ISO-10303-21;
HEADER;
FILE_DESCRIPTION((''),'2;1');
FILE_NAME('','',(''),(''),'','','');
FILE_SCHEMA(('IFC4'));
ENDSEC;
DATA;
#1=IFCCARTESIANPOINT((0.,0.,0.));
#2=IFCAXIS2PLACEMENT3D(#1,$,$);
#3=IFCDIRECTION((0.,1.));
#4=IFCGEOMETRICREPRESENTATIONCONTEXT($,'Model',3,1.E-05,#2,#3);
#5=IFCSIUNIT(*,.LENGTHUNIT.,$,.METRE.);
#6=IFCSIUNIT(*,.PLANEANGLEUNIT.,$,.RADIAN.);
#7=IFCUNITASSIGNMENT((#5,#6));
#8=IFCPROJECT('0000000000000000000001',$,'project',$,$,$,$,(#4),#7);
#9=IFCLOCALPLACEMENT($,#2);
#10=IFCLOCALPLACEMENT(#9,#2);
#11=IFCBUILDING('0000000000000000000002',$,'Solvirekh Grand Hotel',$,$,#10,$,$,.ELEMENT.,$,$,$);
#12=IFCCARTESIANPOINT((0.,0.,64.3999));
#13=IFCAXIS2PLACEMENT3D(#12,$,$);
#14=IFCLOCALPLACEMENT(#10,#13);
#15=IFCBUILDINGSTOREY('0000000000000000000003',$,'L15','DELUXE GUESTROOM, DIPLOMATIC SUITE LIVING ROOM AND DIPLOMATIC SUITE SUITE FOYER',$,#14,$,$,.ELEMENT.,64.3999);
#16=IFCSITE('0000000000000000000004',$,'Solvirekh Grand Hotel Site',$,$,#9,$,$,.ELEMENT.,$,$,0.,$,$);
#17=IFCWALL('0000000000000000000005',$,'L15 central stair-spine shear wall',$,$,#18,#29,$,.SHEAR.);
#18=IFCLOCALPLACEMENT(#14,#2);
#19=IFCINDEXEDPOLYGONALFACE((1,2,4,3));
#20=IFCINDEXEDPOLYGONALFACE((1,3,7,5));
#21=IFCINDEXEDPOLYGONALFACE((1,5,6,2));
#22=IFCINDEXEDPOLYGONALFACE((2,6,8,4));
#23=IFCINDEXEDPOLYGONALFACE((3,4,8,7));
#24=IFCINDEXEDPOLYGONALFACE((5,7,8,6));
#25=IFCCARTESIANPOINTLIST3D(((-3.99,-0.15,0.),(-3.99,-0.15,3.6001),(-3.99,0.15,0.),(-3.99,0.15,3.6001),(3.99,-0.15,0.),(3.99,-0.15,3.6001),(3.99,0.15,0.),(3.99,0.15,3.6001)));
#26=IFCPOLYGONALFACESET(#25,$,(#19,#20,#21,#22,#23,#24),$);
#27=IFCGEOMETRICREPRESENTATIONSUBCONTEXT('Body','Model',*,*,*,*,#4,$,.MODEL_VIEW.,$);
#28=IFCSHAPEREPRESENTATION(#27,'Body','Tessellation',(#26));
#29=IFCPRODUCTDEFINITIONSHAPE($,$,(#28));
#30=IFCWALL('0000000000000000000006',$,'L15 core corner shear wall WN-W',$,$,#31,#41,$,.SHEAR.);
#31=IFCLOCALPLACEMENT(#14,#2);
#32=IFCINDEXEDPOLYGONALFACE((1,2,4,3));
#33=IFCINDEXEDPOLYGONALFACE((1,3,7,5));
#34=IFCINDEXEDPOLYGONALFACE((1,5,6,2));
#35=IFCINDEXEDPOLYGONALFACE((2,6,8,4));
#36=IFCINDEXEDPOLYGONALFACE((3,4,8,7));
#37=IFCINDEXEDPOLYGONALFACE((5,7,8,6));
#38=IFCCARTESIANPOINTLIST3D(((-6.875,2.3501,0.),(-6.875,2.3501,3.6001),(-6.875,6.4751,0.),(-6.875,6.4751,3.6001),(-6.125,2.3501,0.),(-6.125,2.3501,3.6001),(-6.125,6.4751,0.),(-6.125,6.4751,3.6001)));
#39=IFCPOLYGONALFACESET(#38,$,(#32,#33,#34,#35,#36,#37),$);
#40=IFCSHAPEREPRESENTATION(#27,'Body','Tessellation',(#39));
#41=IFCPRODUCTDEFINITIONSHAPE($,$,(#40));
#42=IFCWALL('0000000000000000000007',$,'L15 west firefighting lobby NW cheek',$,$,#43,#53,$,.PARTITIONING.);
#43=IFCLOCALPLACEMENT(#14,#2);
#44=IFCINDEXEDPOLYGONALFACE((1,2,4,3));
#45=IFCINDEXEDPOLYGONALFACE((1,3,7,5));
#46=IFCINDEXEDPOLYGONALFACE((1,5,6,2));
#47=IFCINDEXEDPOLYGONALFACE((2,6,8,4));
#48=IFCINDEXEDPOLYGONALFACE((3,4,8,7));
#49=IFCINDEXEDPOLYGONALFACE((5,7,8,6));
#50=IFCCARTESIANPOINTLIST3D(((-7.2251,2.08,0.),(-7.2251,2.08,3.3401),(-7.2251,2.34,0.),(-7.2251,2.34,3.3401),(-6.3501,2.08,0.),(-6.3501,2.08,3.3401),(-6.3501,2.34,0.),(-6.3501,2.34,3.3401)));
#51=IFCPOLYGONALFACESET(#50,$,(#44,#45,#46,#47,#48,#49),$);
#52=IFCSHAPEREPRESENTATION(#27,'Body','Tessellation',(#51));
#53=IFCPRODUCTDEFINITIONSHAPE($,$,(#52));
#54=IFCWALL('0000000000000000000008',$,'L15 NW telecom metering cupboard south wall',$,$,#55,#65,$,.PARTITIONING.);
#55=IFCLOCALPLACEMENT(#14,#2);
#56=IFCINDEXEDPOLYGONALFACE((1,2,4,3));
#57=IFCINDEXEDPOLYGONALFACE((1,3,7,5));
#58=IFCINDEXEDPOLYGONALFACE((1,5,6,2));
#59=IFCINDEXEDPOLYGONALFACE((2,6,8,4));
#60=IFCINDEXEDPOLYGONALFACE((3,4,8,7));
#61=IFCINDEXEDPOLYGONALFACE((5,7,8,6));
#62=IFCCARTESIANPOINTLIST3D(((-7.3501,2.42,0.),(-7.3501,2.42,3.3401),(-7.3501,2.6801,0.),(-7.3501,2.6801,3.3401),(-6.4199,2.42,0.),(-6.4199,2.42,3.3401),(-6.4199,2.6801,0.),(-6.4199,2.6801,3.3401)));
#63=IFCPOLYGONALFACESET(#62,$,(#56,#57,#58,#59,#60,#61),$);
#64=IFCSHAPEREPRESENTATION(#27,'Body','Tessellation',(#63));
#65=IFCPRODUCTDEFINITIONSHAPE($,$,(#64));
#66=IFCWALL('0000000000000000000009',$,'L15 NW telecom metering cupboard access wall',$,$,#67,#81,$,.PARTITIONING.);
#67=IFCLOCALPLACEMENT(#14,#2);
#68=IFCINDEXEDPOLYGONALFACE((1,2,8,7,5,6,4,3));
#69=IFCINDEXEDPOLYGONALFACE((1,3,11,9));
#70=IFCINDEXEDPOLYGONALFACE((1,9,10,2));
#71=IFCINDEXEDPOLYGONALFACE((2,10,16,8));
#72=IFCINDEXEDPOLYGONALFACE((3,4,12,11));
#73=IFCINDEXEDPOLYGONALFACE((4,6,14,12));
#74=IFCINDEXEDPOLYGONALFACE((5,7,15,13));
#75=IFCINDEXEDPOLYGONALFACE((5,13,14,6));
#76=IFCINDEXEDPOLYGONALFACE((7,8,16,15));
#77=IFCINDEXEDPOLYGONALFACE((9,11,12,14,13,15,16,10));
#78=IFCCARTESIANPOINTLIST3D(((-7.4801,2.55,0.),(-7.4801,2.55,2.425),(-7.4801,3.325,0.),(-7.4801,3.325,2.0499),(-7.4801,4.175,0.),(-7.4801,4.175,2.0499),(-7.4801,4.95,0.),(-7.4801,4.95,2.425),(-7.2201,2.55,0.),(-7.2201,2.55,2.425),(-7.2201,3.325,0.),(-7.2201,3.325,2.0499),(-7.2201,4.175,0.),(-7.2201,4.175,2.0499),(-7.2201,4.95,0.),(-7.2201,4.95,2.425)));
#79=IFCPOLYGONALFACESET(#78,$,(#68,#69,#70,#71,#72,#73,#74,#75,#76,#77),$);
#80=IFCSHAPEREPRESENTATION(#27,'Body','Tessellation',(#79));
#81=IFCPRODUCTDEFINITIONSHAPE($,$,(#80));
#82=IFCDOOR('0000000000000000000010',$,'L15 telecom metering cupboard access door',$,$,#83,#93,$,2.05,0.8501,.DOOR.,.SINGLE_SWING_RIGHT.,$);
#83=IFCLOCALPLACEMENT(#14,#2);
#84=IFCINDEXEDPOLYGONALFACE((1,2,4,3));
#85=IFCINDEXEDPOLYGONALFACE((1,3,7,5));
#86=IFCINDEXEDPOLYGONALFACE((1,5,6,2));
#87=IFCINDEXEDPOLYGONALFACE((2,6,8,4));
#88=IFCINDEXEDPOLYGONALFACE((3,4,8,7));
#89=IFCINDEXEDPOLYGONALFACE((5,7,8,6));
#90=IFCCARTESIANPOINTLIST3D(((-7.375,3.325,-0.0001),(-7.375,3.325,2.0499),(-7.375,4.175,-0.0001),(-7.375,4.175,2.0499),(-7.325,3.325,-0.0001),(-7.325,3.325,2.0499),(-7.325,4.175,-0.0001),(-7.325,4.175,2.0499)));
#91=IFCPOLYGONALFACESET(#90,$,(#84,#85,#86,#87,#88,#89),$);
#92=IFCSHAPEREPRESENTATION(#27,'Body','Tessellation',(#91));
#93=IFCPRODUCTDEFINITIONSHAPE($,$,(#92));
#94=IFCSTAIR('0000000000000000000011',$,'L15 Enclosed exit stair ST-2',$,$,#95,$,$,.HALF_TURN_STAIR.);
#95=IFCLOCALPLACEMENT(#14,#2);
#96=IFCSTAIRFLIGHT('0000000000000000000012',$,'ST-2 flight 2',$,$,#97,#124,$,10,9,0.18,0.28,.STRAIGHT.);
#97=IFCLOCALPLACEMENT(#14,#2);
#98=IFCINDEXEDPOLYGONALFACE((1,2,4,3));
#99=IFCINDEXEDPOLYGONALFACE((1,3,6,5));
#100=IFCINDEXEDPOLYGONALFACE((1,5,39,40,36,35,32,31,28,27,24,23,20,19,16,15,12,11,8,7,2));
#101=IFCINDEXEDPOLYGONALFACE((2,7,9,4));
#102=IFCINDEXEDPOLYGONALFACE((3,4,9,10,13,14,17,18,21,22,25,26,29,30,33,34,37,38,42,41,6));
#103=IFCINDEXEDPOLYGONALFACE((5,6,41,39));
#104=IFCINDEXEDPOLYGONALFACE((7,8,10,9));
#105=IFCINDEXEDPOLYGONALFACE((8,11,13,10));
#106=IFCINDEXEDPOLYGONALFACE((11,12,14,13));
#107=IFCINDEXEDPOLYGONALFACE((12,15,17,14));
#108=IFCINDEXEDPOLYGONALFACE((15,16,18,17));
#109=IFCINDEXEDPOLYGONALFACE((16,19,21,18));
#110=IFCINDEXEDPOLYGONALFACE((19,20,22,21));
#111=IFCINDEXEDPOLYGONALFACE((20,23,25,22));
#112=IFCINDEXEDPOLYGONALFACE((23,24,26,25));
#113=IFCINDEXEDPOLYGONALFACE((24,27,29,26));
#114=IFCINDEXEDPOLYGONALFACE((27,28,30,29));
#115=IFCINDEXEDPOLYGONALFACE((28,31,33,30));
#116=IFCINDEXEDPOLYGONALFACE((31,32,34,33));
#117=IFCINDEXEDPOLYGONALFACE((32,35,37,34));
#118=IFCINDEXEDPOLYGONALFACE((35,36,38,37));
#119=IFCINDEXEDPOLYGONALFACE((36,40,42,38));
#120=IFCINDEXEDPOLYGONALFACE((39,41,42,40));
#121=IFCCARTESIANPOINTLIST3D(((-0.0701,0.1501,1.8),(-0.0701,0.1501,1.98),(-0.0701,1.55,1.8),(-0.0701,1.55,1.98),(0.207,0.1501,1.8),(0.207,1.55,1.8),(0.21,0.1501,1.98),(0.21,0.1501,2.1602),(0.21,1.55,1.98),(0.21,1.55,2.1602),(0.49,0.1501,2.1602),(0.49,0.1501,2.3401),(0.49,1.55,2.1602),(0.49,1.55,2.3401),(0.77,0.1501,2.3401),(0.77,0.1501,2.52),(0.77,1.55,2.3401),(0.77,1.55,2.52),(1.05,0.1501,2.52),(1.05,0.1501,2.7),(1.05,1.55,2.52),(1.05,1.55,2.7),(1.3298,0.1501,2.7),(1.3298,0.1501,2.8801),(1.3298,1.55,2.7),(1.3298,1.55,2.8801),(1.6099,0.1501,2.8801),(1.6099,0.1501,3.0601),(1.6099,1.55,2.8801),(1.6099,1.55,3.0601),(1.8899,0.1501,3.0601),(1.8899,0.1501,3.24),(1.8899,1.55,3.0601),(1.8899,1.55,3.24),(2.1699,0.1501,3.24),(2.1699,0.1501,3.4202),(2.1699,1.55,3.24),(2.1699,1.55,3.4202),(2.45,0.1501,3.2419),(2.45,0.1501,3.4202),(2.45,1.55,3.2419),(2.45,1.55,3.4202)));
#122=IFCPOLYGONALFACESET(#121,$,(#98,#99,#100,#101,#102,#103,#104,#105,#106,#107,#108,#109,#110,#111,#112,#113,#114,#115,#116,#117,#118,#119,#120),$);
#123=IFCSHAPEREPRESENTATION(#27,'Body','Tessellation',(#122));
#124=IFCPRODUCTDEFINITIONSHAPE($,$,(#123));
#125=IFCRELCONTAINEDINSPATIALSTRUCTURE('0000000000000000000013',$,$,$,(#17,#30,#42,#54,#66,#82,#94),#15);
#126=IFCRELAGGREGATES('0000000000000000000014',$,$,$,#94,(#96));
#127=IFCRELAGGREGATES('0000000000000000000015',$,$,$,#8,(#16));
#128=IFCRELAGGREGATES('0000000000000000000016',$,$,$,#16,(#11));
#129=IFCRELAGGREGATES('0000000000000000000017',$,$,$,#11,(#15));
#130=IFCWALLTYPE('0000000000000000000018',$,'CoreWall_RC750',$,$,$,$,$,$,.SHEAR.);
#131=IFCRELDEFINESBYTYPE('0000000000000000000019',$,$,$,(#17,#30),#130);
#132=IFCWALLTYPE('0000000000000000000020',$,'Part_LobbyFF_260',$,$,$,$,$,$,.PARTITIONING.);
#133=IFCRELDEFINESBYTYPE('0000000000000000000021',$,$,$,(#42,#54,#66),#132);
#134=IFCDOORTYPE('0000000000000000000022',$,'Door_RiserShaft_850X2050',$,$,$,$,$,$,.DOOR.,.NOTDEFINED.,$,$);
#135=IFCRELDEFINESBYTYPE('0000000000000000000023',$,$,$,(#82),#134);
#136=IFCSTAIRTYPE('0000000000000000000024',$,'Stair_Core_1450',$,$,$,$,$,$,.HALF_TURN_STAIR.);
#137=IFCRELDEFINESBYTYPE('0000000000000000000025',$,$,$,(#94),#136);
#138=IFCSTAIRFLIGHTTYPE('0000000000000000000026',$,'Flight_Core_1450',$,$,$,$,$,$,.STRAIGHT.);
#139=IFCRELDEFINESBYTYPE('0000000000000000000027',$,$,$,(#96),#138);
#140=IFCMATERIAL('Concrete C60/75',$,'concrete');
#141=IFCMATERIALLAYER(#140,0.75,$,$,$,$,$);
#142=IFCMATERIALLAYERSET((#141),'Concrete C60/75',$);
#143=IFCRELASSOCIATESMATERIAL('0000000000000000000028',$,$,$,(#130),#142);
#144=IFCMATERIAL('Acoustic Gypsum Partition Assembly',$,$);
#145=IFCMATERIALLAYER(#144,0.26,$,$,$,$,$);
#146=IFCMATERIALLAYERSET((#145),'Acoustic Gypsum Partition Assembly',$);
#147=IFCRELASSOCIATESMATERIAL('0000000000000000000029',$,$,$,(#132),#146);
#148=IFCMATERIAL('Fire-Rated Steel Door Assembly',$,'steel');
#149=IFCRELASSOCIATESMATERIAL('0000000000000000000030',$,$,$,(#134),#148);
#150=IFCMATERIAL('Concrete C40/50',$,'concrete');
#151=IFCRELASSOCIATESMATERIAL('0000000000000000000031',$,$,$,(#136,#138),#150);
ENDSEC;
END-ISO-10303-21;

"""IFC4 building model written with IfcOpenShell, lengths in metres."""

from ifc_helpers import new_model, si_unit, direction, frame, frame_2d, origin, place, context, subcontext, project, spatial, polyline, rectangle, outline, extrude, material, layer, layer_set, type_object, element, fill, aggregate, save


model = new_model("IFC4")

# Units and contexts
model_context = context("Model", 3, precision=1e-05, world=origin(), true_north=direction((0.0, 1.0)))
body_context = subcontext(model_context, "Body", "Model", "MODEL_VIEW")
ifc_project = project(units=[si_unit("LENGTHUNIT", "METRE"), si_unit("PLANEANGLEUNIT", "RADIAN")], contexts=[model_context])

# Site, building, storey
site_placement = place(None, origin())
site = spatial("IfcSite", under=ifc_project, at=site_placement, Name="Solvirekh Grand Hotel Site", CompositionType="ELEMENT", RefElevation=0.0)
building_placement = place(site_placement, origin())
building = spatial("IfcBuilding", under=site, at=building_placement, Name="Solvirekh Grand Hotel", CompositionType="ELEMENT")
storey_placement = place(building_placement, frame((0.0, 0.0, 64.3999)))
storey = spatial("IfcBuildingStorey", under=building, at=storey_placement, Name="L15", Description="DELUXE GUESTROOM, DIPLOMATIC SUITE LIVING ROOM AND DIPLOMATIC SUITE SUITE FOYER", CompositionType="ELEMENT", Elevation=64.3999)

# Shared definitions
ifc_material_1 = material(Name="Concrete C40/50", Category="concrete")

# Shared definitions
ifc_material_2 = material(Name="Fire-Rated Steel Door Assembly", Category="steel")

# Walls
ifc_material_3 = material(Name="Concrete C60/75", Category="concrete")
ifc_layer_1 = layer(ifc_material_3, 0.75)
ifc_layer_set_1 = layer_set([ifc_layer_1], Name="Concrete C60/75")
wall_type_1 = type_object("IfcWallType", Name="CoreWall_RC750", PredefinedType="SHEAR", material=ifc_layer_set_1)
wall_1_placement = place(storey_placement, frame((-3.99, 0.0, 0.0), z_axis=(0.0, 0.0, 1.0), x_axis=(1.0, 0.0, 0.0)))
element("IfcWall", 1, at=wall_1_placement, inside=storey, type_object=wall_type_1, Name="L15 central stair-spine shear wall", PredefinedType="SHEAR", context=body_context, shape_type="SweptSolid", body=[
    extrude(rectangle(XDim=7.98, YDim=0.3, at=frame_2d((3.99, 0.0))), origin(), (0.0, 0.0, 1.0), 3.6001),
])
wall_2_placement = place(storey_placement, frame((-6.5, 2.3501, 0.0), z_axis=(0.0, 0.0, 1.0), x_axis=(0.0, 1.0, 0.0)))
element("IfcWall", 2, at=wall_2_placement, inside=storey, type_object=wall_type_1, Name="L15 core corner shear wall WN-W", PredefinedType="SHEAR", context=body_context, shape_type="SweptSolid", body=[
    extrude(rectangle(XDim=4.125, YDim=0.75, at=frame_2d((2.0625, 0.0))), origin(), (0.0, 0.0, 1.0), 3.6001),
])
ifc_material_4 = material(Name="Acoustic Gypsum Partition Assembly")
ifc_layer_2 = layer(ifc_material_4, 0.26)
ifc_layer_set_2 = layer_set([ifc_layer_2], Name="Acoustic Gypsum Partition Assembly")
wall_type_2 = type_object("IfcWallType", Name="Part_LobbyFF_260", PredefinedType="PARTITIONING", material=ifc_layer_set_2)
wall_3_placement = place(storey_placement, frame((-7.2251, 2.21, 0.0), z_axis=(0.0, 0.0, 1.0), x_axis=(1.0, 0.0, 0.0)))
element("IfcWall", 3, at=wall_3_placement, inside=storey, type_object=wall_type_2, Name="L15 west firefighting lobby NW cheek", PredefinedType="PARTITIONING", context=body_context, shape_type="SweptSolid", body=[
    extrude(rectangle(XDim=0.875, YDim=0.26, at=frame_2d((0.4375, 0.0))), origin(), (0.0, 0.0, 1.0), 3.3401),
])
wall_4_placement = place(storey_placement, frame((-7.3501, 2.55, 0.0), z_axis=(0.0, 0.0, 1.0), x_axis=(1.0, 0.0, 0.0)))
element("IfcWall", 4, at=wall_4_placement, inside=storey, type_object=wall_type_2, Name="L15 NW telecom metering cupboard south wall", PredefinedType="PARTITIONING", context=body_context, shape_type="SweptSolid", body=[
    extrude(rectangle(XDim=0.9302, YDim=0.26, at=frame_2d((0.4651, 0.0))), origin(), (0.0, 0.0, 1.0), 3.3401),
])

# Wall, opening, door
wall_5_placement = place(storey_placement, frame((-7.3501, 2.55, 0.0), z_axis=(0.0, 0.0, 1.0), x_axis=(0.0, 1.0, 0.0)))
wall_5 = element("IfcWall", 5, at=wall_5_placement, inside=storey, type_object=wall_type_2, Name="L15 NW telecom metering cupboard access wall", PredefinedType="PARTITIONING", context=body_context, shape_type="SweptSolid", body=[
    extrude(rectangle(XDim=2.3999, YDim=0.26, at=frame_2d((1.2, 0.0))), origin(), (0.0, 0.0, 1.0), 2.425),
])
opening_1_placement = place(wall_5_placement, frame((0.7749, 0.0, 0.0)))
opening_1 = element("IfcOpeningElement", 6, at=opening_1_placement, cuts=wall_5, PredefinedType="OPENING", context=body_context, shape_type="SweptSolid", body=[
    extrude(rectangle(XDim=0.8501, YDim=2.05, at=frame_2d((0.425, 1.0249))), frame((0.0, 0.1401, 0.0), z_axis=(0.0, -1.0, 0.0), x_axis=(1.0, 0.0, 0.0)), (0.0, 0.0, 1.0), 0.28),
])
door_type_1 = type_object("IfcDoorType", Name="Door_RiserShaft_850X2050", OperationType="NOTDEFINED", PredefinedType="DOOR", material=ifc_material_2)
door_1_placement = place(opening_1_placement, origin())
door_1 = element("IfcDoor", 7, at=door_1_placement, inside=storey, type_object=door_type_1, Name="L15 telecom metering cupboard access door", OperationType="SINGLE_SWING_RIGHT", OverallHeight=2.05, OverallWidth=0.8501, PredefinedType="DOOR", context=body_context, shape_type="SweptSolid", body=[
    extrude(rectangle(XDim=0.8501, YDim=2.05, at=frame_2d((0.425, 1.0249))), frame((0.0, 0.0249, 0.0), z_axis=(0.0, -1.0, 0.0), x_axis=(1.0, 0.0, 0.0)), (0.0, 0.0, 1.0), 0.05),
])
fill(opening_1, door_1)

# Stair, stair flight
stair_type = type_object("IfcStairType", Name="Stair_Core_1450", PredefinedType="HALF_TURN_STAIR", material=ifc_material_1)
stair_placement = place(storey_placement, origin())
stair = element("IfcStair", 8, at=stair_placement, inside=storey, type_object=stair_type, Name="L15 Enclosed exit stair ST-2", PredefinedType="HALF_TURN_STAIR")
stair_flight_type = type_object("IfcStairFlightType", Name="Flight_Core_1450", PredefinedType="STRAIGHT", material=ifc_material_1)
stair_flight_placement = place(storey_placement, frame((-0.0701, 0.8501, 1.8), z_axis=(0.0, 0.0, 1.0), x_axis=(1.0, 0.0, 0.0)))
stair_flight = element("IfcStairFlight", 9, at=stair_flight_placement, type_object=stair_flight_type, Name="ST-2 flight 2", NumberOfRisers=10, NumberOfTreads=9, PredefinedType="STRAIGHT", RiserHeight=0.18, TreadLength=0.28, context=body_context, shape_type="SweptSolid", body=[
    extrude(outline(polyline([(0.0, 0.0), (0.0, 0.1799), (0.28, 0.1799), (0.28, 0.3601), (0.5601, 0.3601), (0.5601, 0.54), (0.8401, 0.54), (0.8401, 0.72), (1.1201, 0.72), (1.1201, 0.8999), (1.3999, 0.8999), (1.3999, 1.0801), (1.6799, 1.0801), (1.6799, 1.26), (1.96, 1.26), (1.96, 1.4399), (2.24, 1.4399), (2.24, 1.6201), (2.52, 1.6201), (2.52, 1.8), (2.52, 1.4419), (0.2771, 0.0), (0.0, 0.0)])), frame((0.0, 0.7, 0.0), z_axis=(0.0, -1.0, 0.0), x_axis=(1.0, 0.0, 0.0)), (0.0, 0.0, 1.0), 1.3999),
])
aggregate(stair, [stair_flight])

save(model, "model.ifc")
